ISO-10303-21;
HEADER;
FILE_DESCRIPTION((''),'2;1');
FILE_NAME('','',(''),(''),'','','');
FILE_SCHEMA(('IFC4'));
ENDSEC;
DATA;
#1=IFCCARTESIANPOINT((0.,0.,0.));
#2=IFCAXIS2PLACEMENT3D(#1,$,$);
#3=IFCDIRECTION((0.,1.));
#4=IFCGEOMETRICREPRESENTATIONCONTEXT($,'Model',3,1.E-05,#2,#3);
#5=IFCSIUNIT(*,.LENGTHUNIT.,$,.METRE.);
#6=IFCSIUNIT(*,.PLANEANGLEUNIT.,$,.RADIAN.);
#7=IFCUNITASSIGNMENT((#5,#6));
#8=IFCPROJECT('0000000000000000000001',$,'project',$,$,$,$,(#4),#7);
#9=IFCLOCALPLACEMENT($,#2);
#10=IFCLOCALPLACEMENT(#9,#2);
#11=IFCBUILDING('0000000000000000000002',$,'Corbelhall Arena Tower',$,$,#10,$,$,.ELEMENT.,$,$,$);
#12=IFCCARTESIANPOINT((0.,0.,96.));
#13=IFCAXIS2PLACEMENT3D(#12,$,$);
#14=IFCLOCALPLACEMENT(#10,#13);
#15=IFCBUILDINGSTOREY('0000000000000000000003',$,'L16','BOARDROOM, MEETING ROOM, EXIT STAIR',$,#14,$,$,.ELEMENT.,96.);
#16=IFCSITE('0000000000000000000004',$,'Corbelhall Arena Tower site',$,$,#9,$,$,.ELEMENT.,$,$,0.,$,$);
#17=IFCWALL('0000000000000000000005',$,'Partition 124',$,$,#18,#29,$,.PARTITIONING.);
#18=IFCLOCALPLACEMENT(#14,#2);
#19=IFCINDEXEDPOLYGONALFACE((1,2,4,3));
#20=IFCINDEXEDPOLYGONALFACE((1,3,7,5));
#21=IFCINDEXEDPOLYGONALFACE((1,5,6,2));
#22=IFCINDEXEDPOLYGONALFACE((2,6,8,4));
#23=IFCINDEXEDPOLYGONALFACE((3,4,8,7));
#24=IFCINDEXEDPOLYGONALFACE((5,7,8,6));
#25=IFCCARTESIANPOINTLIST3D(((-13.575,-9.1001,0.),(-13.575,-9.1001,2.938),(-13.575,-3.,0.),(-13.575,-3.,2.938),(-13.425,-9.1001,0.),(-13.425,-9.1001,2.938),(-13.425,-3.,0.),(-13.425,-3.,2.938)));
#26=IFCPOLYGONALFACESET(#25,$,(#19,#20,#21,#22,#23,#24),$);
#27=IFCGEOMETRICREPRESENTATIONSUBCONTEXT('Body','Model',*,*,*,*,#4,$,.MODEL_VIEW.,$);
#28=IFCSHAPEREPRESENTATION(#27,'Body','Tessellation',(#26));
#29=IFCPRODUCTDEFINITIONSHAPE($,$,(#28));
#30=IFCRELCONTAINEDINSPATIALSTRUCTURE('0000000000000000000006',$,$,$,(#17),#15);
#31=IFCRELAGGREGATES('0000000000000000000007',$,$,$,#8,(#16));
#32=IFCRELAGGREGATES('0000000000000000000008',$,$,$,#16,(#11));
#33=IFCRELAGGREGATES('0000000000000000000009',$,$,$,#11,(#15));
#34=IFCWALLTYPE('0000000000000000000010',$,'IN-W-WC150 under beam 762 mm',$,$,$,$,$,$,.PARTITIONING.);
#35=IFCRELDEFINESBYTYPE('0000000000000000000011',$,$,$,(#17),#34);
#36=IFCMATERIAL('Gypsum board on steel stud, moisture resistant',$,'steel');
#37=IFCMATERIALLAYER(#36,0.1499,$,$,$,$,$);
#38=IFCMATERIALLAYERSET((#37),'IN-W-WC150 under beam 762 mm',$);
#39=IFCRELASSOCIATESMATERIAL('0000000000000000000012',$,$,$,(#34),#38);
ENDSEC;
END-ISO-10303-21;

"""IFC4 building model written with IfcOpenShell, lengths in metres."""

from ifc_helpers import new_model, si_unit, direction, frame, frame_2d, origin, place, context, subcontext, project, spatial, rectangle, extrude, material, layer, layer_set, type_object, element, save


model = new_model("IFC4")

# Units and contexts
model_context = context("Model", 3, precision=1e-05, world=origin(), true_north=direction((0.0, 1.0)))
body_context = subcontext(model_context, "Body", "Model", "MODEL_VIEW")
ifc_project = project(units=[si_unit("LENGTHUNIT", "METRE"), si_unit("PLANEANGLEUNIT", "RADIAN")], contexts=[model_context])

# Site, building, storey
site_placement = place(None, origin())
site = spatial("IfcSite", under=ifc_project, at=site_placement, Name="Corbelhall Arena Tower site", CompositionType="ELEMENT", RefElevation=0.0)
building_placement = place(site_placement, origin())
building = spatial("IfcBuilding", under=site, at=building_placement, Name="Corbelhall Arena Tower", CompositionType="ELEMENT")
storey_placement = place(building_placement, frame((0.0, 0.0, 96.0)))
storey = spatial("IfcBuildingStorey", under=building, at=storey_placement, Name="L16", Description="BOARDROOM, MEETING ROOM, EXIT STAIR", CompositionType="ELEMENT", Elevation=96.0)

# Wall
ifc_material_1 = material(Name="Gypsum board on steel stud, moisture resistant", Category="steel")
ifc_layer_1 = layer(ifc_material_1, 0.1499)
ifc_layer_set_1 = layer_set([ifc_layer_1], Name="IN-W-WC150 under beam 762 mm")
wall_type_1 = type_object("IfcWallType", Name="IN-W-WC150 under beam 762 mm", PredefinedType="PARTITIONING", material=ifc_layer_set_1)
wall_1_placement = place(storey_placement, frame((-13.5, -9.1001, 0.0), z_axis=(0.0, 0.0, 1.0), x_axis=(0.0, 1.0, 0.0)))
element("IfcWall", 1, at=wall_1_placement, inside=storey, type_object=wall_type_1, Name="Partition 124", PredefinedType="PARTITIONING", context=body_context, shape_type="SweptSolid", body=[
    extrude(rectangle(XDim=6.1001, YDim=0.1499, at=frame_2d((3.05, 0.0))), origin(), (0.0, 0.0, 1.0), 2.938),
])

save(model, "model.ifc")
